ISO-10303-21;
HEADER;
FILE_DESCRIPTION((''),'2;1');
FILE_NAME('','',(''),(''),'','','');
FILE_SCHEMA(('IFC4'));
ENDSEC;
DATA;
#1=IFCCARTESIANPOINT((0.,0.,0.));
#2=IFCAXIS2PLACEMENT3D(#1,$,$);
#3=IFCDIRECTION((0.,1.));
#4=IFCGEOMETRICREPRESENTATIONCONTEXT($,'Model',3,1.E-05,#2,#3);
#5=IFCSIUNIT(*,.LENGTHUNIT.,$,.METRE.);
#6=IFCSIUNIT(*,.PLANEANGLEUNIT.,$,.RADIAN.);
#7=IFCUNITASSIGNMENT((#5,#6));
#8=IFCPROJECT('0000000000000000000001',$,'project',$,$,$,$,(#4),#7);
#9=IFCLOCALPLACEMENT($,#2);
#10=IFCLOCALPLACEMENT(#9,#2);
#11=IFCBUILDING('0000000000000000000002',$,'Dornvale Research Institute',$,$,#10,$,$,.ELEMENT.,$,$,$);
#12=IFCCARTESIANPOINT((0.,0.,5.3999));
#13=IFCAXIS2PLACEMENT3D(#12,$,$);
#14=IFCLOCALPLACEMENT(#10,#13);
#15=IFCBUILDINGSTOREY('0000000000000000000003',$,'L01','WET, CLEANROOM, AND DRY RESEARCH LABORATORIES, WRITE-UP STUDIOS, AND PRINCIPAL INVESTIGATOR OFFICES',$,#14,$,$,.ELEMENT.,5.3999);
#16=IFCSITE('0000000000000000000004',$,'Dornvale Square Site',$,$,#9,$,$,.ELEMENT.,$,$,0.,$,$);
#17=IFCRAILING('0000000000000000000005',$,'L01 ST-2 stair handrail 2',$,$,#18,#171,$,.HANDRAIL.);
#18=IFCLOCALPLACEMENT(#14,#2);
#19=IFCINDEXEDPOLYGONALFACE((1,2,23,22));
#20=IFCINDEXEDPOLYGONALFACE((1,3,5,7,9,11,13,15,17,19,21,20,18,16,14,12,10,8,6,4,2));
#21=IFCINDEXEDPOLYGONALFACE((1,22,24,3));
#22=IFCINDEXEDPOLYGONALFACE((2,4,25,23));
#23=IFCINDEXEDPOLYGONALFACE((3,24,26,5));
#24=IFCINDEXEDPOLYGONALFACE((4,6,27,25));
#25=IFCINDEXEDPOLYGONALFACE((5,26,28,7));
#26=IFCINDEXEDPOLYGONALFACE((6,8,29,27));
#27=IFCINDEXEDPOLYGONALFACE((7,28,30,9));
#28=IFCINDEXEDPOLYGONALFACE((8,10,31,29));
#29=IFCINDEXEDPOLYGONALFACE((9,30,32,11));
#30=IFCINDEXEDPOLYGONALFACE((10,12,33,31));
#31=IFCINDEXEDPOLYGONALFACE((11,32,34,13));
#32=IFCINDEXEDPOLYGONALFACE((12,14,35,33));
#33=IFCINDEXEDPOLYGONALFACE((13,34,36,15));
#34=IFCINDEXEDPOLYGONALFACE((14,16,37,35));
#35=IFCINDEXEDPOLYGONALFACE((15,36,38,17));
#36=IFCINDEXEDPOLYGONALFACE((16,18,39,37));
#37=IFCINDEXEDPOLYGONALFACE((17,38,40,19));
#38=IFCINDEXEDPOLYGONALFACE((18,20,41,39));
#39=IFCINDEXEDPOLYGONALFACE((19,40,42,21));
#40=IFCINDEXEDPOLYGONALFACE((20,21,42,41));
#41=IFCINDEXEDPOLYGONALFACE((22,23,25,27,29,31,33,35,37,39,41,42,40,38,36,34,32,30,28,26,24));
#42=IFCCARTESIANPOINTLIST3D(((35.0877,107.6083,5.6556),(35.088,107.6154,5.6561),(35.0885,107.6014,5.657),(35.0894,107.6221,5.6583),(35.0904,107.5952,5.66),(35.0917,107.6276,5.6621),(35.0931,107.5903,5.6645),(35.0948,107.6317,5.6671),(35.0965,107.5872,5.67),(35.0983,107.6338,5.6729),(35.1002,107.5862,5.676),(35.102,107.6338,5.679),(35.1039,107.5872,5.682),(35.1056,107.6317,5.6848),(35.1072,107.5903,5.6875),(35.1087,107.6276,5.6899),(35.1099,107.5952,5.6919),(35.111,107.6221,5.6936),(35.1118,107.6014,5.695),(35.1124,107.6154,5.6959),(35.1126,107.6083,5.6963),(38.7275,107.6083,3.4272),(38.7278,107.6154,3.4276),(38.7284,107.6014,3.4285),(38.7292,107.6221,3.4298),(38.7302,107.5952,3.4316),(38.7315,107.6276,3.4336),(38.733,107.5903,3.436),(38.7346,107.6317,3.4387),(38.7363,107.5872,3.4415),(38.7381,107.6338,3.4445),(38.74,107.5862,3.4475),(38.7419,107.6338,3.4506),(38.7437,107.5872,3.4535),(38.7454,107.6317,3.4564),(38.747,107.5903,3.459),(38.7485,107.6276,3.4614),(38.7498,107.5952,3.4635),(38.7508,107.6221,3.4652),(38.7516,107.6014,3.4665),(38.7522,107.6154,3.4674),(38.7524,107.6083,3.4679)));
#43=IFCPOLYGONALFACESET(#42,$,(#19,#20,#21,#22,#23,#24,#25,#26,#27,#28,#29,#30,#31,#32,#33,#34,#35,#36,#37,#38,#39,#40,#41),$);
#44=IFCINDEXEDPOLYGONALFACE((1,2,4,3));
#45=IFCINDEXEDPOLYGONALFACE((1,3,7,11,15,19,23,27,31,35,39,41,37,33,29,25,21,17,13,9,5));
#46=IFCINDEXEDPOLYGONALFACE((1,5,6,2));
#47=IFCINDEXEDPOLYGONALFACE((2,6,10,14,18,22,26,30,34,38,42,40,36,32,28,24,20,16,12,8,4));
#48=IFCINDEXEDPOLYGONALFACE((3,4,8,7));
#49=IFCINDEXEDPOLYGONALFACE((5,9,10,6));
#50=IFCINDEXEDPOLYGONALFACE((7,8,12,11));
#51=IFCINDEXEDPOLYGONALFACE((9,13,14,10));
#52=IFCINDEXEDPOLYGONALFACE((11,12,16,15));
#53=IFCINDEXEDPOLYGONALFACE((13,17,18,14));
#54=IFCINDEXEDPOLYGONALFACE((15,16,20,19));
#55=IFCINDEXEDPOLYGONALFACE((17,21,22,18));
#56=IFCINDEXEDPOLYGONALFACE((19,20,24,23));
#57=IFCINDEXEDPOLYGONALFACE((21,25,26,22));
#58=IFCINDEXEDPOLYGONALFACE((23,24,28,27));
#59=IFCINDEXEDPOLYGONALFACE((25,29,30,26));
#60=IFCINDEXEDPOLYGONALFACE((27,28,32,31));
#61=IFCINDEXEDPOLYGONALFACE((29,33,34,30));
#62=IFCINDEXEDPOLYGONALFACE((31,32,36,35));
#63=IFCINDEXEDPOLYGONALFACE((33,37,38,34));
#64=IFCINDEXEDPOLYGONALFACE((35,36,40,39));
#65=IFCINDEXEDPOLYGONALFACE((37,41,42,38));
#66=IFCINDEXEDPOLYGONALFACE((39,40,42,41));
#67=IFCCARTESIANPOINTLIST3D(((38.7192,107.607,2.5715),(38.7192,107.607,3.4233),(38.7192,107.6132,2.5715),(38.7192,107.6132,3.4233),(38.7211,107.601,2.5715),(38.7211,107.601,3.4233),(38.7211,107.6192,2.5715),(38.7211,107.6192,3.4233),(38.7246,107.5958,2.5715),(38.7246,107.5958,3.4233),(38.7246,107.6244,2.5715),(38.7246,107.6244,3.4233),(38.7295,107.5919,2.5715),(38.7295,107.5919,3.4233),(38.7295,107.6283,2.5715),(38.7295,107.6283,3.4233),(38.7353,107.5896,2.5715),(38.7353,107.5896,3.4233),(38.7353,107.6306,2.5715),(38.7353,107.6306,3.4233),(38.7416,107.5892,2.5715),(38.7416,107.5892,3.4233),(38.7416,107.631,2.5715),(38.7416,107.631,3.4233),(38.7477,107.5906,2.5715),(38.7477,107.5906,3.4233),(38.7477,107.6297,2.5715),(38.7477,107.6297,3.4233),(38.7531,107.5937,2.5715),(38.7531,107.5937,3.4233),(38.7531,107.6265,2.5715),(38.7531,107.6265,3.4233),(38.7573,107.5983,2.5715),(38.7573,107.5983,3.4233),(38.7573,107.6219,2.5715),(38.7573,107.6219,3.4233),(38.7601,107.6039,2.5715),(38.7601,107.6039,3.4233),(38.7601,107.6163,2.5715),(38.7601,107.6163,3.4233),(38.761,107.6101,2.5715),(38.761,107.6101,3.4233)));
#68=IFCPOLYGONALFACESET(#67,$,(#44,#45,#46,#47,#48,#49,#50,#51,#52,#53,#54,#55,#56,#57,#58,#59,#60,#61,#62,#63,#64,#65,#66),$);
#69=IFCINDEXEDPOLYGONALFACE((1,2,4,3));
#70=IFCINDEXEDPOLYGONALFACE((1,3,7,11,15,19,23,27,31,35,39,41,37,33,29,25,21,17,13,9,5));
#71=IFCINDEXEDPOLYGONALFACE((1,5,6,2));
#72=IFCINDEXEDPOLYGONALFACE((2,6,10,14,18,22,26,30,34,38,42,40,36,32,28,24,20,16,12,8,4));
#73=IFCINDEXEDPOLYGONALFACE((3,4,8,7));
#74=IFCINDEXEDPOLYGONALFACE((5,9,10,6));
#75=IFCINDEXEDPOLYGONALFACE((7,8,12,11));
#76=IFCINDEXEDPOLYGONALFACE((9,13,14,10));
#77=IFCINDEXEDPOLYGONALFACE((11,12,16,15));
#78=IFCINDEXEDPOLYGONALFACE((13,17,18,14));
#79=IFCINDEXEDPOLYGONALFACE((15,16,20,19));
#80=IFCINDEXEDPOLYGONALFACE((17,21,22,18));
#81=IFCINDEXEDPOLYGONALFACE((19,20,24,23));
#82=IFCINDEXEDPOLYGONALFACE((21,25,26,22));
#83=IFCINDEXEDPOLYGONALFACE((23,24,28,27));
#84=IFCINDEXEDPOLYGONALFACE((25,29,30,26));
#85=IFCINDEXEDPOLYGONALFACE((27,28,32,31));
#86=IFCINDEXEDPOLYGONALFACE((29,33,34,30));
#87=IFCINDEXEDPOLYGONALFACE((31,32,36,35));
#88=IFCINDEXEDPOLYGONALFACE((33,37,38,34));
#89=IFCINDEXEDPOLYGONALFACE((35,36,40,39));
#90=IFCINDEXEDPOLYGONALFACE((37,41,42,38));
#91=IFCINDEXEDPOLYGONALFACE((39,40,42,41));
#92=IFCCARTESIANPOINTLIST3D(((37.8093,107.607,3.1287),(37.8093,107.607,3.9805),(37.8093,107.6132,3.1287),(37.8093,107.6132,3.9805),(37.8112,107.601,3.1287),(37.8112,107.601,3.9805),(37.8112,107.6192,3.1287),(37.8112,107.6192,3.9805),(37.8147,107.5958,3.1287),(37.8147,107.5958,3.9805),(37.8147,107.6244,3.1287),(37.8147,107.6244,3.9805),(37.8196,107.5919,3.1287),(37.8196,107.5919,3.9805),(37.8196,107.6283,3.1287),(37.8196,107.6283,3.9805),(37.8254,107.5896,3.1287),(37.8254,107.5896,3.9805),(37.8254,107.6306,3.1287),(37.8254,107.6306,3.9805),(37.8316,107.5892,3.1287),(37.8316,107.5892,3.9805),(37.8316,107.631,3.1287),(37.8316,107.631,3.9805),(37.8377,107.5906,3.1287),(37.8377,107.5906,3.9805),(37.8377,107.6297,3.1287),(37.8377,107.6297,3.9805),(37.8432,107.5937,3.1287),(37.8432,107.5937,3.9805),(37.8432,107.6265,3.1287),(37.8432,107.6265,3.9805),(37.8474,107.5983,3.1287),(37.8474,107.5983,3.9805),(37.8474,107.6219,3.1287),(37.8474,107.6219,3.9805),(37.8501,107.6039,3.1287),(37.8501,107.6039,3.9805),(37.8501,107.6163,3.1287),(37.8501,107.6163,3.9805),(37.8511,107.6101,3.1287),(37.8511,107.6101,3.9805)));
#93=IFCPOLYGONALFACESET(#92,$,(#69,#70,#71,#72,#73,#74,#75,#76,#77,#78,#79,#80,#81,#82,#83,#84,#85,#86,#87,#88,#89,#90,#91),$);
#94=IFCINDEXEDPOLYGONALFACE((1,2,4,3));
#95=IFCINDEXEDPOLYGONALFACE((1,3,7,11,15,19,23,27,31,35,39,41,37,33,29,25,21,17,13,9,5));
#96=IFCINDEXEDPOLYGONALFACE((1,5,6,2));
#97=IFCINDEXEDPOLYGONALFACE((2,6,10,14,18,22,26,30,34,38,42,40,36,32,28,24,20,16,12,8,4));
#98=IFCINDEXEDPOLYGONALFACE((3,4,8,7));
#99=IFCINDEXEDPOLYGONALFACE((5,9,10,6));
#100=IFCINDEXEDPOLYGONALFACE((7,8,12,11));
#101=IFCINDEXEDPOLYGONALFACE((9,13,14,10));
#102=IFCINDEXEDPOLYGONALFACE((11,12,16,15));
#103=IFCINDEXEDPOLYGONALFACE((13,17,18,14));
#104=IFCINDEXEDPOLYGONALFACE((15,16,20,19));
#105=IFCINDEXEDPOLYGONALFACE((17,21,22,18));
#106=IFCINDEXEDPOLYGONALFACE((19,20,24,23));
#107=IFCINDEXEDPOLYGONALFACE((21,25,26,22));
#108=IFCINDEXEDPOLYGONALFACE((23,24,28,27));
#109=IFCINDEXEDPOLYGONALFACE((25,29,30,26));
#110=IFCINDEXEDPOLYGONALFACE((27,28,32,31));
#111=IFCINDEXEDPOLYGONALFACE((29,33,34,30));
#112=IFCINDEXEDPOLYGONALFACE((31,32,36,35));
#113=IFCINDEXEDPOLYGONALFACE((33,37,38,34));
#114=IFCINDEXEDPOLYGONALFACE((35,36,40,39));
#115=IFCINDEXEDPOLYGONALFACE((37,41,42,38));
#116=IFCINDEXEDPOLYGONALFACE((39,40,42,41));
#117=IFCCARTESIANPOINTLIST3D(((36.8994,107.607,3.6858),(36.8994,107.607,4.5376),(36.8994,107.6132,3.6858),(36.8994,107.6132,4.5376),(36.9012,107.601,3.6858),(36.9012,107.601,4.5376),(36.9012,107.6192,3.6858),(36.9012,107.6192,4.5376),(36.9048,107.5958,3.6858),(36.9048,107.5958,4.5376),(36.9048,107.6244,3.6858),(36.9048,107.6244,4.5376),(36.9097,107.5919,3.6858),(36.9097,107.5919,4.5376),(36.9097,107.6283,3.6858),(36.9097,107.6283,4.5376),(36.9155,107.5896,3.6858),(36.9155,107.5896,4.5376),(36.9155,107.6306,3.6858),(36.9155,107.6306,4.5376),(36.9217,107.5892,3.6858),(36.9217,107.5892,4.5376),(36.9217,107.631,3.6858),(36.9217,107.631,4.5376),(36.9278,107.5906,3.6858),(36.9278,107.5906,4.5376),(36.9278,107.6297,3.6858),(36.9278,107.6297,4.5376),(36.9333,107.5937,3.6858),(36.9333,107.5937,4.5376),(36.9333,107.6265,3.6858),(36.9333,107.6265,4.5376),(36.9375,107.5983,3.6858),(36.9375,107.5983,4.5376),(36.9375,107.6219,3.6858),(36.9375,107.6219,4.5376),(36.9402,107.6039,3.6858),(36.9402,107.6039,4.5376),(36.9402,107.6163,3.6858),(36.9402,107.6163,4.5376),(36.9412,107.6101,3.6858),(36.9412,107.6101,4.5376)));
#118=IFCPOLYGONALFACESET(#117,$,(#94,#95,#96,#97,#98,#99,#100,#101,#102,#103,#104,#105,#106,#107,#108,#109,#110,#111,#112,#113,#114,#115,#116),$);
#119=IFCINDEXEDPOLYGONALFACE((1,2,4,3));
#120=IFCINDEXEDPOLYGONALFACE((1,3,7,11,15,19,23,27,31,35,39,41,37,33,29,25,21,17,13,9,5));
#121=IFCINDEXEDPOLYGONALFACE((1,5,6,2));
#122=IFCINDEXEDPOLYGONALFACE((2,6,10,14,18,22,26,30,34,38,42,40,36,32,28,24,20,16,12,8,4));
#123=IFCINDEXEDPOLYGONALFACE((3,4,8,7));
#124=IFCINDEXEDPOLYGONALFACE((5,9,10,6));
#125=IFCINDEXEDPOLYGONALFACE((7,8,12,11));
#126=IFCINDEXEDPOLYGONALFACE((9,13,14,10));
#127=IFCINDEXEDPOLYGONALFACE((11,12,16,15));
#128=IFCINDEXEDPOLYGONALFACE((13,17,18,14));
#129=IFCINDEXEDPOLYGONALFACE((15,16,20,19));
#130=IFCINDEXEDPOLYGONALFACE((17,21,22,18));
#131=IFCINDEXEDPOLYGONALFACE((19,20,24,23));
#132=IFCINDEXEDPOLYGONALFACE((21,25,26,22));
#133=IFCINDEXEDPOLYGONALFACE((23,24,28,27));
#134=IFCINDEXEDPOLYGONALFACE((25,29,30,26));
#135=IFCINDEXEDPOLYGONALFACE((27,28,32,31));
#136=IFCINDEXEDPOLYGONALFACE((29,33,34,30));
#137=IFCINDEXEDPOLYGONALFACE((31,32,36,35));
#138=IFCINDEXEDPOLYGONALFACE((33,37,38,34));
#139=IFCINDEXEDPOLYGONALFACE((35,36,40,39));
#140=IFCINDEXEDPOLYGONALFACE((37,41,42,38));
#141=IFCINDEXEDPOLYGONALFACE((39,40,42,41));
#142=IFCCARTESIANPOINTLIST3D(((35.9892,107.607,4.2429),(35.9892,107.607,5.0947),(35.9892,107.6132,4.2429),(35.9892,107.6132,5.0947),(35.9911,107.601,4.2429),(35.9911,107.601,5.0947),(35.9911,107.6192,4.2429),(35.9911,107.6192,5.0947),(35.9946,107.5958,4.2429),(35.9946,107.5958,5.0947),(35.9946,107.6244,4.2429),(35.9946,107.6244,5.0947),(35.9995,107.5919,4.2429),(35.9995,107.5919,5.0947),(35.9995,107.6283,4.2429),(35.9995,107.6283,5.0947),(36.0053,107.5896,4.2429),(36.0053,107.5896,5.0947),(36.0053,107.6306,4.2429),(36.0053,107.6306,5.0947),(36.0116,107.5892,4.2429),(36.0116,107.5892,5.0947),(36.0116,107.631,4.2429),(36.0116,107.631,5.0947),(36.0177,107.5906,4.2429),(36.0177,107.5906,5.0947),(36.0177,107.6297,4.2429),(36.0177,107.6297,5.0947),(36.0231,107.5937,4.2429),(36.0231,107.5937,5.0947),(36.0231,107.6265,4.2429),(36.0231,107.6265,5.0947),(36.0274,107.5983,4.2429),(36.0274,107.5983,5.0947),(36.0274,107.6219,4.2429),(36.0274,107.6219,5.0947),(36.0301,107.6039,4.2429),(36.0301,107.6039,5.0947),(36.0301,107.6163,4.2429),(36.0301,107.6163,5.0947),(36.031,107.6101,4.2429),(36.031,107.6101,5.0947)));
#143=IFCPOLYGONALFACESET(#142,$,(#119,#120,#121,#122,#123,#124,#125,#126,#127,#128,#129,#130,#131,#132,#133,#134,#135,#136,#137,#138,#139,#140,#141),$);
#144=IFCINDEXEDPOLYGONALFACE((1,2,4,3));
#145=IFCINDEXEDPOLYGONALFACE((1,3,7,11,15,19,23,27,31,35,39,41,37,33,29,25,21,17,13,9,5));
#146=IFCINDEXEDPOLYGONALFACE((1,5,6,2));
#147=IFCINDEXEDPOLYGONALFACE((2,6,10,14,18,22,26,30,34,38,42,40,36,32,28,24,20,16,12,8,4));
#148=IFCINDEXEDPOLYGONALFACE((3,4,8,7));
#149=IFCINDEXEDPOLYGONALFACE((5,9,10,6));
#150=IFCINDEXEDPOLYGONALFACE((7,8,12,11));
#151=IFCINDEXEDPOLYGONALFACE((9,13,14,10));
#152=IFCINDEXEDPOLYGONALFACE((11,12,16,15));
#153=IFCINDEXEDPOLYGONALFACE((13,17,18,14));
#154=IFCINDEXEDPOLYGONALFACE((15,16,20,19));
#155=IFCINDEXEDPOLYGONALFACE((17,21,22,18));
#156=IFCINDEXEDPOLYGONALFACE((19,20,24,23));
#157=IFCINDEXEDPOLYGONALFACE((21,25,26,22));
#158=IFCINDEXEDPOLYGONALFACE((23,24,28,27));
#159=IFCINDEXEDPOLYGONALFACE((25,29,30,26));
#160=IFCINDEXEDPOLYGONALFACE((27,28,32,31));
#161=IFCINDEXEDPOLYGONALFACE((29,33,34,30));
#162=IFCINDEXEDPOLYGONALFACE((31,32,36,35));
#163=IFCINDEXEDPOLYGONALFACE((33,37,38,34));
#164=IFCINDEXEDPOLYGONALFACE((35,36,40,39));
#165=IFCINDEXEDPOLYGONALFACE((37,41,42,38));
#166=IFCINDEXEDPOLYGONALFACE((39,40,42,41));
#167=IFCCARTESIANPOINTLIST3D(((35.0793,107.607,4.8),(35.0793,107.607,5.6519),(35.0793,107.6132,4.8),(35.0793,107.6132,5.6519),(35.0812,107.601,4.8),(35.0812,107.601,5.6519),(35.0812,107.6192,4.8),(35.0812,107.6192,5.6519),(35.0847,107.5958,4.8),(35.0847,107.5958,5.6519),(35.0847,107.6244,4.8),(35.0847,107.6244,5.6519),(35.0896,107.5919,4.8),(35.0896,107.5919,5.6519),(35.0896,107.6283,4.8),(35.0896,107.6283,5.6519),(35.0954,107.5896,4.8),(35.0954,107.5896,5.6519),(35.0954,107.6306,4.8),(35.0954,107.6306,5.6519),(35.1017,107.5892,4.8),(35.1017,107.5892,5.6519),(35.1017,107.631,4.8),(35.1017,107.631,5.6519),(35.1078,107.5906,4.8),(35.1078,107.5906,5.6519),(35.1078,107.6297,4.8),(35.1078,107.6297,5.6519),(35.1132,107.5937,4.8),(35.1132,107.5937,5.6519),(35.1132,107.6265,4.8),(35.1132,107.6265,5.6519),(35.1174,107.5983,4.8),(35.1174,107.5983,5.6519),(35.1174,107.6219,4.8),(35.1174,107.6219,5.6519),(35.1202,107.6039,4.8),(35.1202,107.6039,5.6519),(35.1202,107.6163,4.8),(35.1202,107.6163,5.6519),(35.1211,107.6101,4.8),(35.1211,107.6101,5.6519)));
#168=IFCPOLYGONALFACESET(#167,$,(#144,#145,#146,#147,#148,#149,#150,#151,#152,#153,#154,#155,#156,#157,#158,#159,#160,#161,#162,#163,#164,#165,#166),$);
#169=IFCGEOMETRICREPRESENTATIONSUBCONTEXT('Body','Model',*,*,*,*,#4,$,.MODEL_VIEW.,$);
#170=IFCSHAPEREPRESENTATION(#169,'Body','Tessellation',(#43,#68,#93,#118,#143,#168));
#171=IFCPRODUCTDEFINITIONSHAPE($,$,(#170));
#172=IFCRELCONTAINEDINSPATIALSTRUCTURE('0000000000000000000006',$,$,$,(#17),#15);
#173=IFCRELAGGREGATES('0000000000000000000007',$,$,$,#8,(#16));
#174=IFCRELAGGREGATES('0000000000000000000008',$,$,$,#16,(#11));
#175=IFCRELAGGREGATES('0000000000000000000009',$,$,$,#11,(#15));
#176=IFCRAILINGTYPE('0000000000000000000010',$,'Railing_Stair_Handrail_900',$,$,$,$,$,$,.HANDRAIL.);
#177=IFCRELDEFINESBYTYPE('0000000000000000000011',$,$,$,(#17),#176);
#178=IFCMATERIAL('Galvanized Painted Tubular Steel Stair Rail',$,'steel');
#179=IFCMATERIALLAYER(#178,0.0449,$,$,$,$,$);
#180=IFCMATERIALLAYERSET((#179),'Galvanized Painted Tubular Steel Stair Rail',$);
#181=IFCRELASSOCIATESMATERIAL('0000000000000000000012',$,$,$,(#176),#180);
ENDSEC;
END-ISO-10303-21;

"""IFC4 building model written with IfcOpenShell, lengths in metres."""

from ifc_helpers import new_model, si_unit, direction, frame, origin, origin_2d, place, context, subcontext, project, spatial, circle, extrude, material, layer, layer_set, type_object, element, save


model = new_model("IFC4")

# Units and contexts
model_context = context("Model", 3, precision=1e-05, world=origin(), true_north=direction((0.0, 1.0)))
body_context = subcontext(model_context, "Body", "Model", "MODEL_VIEW")
ifc_project = project(units=[si_unit("LENGTHUNIT", "METRE"), si_unit("PLANEANGLEUNIT", "RADIAN")], contexts=[model_context])

# Site, building, storey
site_placement = place(None, origin())
site = spatial("IfcSite", under=ifc_project, at=site_placement, Name="Dornvale Square Site", CompositionType="ELEMENT", RefElevation=0.0)
building_placement = place(site_placement, origin())
building = spatial("IfcBuilding", under=site, at=building_placement, Name="Dornvale Research Institute", CompositionType="ELEMENT")
storey_placement = place(building_placement, frame((0.0, 0.0, 5.3999)))
storey = spatial("IfcBuildingStorey", under=building, at=storey_placement, Name="L01", Description="WET, CLEANROOM, AND DRY RESEARCH LABORATORIES, WRITE-UP STUDIOS, AND PRINCIPAL INVESTIGATOR OFFICES", CompositionType="ELEMENT", Elevation=5.3999)

# Railing
ifc_material_1 = material(Name="Galvanized Painted Tubular Steel Stair Rail", Category="steel")
ifc_layer_1 = layer(ifc_material_1, 0.0449)
ifc_layer_set_1 = layer_set([ifc_layer_1], Name="Galvanized Painted Tubular Steel Stair Rail")
railing_type_1 = type_object("IfcRailingType", Name="Railing_Stair_Handrail_900", PredefinedType="HANDRAIL", material=ifc_layer_set_1)
railing_1_placement = place(storey_placement, frame((38.74, 107.6101, 2.5715)))
element("IfcRailing", 1, at=railing_1_placement, inside=storey, type_object=railing_type_1, Name="L01 ST-2 stair handrail 2", PredefinedType="HANDRAIL", context=body_context, shape_type="SweptSolid", body=[
    extrude(circle(Radius=0.0239, at=origin_2d()), frame((0.0, 0.0, 0.876), z_axis=(-0.85285, 0.0, 0.522156), x_axis=(0.0, -1.0, 0.0)), (0.0, 0.0, 1.0), 4.2678),
    extrude(circle(Radius=0.021, at=origin_2d()), origin(), (0.0, 0.0, 1.0), 0.8518),
    extrude(circle(Radius=0.021, at=origin_2d()), frame((-0.9099, 0.0, 0.5571)), (0.0, 0.0, 1.0), 0.8518),
    extrude(circle(Radius=0.021, at=origin_2d()), frame((-1.8198, 0.0, 1.1143)), (0.0, 0.0, 1.0), 0.8518),
    extrude(circle(Radius=0.021, at=origin_2d()), frame((-2.73, 0.0, 1.6714)), (0.0, 0.0, 1.0), 0.8518),
    extrude(circle(Radius=0.021, at=origin_2d()), frame((-3.6399, 0.0, 2.2285)), (0.0, 0.0, 1.0), 0.8518),
])

save(model, "model.ifc")
